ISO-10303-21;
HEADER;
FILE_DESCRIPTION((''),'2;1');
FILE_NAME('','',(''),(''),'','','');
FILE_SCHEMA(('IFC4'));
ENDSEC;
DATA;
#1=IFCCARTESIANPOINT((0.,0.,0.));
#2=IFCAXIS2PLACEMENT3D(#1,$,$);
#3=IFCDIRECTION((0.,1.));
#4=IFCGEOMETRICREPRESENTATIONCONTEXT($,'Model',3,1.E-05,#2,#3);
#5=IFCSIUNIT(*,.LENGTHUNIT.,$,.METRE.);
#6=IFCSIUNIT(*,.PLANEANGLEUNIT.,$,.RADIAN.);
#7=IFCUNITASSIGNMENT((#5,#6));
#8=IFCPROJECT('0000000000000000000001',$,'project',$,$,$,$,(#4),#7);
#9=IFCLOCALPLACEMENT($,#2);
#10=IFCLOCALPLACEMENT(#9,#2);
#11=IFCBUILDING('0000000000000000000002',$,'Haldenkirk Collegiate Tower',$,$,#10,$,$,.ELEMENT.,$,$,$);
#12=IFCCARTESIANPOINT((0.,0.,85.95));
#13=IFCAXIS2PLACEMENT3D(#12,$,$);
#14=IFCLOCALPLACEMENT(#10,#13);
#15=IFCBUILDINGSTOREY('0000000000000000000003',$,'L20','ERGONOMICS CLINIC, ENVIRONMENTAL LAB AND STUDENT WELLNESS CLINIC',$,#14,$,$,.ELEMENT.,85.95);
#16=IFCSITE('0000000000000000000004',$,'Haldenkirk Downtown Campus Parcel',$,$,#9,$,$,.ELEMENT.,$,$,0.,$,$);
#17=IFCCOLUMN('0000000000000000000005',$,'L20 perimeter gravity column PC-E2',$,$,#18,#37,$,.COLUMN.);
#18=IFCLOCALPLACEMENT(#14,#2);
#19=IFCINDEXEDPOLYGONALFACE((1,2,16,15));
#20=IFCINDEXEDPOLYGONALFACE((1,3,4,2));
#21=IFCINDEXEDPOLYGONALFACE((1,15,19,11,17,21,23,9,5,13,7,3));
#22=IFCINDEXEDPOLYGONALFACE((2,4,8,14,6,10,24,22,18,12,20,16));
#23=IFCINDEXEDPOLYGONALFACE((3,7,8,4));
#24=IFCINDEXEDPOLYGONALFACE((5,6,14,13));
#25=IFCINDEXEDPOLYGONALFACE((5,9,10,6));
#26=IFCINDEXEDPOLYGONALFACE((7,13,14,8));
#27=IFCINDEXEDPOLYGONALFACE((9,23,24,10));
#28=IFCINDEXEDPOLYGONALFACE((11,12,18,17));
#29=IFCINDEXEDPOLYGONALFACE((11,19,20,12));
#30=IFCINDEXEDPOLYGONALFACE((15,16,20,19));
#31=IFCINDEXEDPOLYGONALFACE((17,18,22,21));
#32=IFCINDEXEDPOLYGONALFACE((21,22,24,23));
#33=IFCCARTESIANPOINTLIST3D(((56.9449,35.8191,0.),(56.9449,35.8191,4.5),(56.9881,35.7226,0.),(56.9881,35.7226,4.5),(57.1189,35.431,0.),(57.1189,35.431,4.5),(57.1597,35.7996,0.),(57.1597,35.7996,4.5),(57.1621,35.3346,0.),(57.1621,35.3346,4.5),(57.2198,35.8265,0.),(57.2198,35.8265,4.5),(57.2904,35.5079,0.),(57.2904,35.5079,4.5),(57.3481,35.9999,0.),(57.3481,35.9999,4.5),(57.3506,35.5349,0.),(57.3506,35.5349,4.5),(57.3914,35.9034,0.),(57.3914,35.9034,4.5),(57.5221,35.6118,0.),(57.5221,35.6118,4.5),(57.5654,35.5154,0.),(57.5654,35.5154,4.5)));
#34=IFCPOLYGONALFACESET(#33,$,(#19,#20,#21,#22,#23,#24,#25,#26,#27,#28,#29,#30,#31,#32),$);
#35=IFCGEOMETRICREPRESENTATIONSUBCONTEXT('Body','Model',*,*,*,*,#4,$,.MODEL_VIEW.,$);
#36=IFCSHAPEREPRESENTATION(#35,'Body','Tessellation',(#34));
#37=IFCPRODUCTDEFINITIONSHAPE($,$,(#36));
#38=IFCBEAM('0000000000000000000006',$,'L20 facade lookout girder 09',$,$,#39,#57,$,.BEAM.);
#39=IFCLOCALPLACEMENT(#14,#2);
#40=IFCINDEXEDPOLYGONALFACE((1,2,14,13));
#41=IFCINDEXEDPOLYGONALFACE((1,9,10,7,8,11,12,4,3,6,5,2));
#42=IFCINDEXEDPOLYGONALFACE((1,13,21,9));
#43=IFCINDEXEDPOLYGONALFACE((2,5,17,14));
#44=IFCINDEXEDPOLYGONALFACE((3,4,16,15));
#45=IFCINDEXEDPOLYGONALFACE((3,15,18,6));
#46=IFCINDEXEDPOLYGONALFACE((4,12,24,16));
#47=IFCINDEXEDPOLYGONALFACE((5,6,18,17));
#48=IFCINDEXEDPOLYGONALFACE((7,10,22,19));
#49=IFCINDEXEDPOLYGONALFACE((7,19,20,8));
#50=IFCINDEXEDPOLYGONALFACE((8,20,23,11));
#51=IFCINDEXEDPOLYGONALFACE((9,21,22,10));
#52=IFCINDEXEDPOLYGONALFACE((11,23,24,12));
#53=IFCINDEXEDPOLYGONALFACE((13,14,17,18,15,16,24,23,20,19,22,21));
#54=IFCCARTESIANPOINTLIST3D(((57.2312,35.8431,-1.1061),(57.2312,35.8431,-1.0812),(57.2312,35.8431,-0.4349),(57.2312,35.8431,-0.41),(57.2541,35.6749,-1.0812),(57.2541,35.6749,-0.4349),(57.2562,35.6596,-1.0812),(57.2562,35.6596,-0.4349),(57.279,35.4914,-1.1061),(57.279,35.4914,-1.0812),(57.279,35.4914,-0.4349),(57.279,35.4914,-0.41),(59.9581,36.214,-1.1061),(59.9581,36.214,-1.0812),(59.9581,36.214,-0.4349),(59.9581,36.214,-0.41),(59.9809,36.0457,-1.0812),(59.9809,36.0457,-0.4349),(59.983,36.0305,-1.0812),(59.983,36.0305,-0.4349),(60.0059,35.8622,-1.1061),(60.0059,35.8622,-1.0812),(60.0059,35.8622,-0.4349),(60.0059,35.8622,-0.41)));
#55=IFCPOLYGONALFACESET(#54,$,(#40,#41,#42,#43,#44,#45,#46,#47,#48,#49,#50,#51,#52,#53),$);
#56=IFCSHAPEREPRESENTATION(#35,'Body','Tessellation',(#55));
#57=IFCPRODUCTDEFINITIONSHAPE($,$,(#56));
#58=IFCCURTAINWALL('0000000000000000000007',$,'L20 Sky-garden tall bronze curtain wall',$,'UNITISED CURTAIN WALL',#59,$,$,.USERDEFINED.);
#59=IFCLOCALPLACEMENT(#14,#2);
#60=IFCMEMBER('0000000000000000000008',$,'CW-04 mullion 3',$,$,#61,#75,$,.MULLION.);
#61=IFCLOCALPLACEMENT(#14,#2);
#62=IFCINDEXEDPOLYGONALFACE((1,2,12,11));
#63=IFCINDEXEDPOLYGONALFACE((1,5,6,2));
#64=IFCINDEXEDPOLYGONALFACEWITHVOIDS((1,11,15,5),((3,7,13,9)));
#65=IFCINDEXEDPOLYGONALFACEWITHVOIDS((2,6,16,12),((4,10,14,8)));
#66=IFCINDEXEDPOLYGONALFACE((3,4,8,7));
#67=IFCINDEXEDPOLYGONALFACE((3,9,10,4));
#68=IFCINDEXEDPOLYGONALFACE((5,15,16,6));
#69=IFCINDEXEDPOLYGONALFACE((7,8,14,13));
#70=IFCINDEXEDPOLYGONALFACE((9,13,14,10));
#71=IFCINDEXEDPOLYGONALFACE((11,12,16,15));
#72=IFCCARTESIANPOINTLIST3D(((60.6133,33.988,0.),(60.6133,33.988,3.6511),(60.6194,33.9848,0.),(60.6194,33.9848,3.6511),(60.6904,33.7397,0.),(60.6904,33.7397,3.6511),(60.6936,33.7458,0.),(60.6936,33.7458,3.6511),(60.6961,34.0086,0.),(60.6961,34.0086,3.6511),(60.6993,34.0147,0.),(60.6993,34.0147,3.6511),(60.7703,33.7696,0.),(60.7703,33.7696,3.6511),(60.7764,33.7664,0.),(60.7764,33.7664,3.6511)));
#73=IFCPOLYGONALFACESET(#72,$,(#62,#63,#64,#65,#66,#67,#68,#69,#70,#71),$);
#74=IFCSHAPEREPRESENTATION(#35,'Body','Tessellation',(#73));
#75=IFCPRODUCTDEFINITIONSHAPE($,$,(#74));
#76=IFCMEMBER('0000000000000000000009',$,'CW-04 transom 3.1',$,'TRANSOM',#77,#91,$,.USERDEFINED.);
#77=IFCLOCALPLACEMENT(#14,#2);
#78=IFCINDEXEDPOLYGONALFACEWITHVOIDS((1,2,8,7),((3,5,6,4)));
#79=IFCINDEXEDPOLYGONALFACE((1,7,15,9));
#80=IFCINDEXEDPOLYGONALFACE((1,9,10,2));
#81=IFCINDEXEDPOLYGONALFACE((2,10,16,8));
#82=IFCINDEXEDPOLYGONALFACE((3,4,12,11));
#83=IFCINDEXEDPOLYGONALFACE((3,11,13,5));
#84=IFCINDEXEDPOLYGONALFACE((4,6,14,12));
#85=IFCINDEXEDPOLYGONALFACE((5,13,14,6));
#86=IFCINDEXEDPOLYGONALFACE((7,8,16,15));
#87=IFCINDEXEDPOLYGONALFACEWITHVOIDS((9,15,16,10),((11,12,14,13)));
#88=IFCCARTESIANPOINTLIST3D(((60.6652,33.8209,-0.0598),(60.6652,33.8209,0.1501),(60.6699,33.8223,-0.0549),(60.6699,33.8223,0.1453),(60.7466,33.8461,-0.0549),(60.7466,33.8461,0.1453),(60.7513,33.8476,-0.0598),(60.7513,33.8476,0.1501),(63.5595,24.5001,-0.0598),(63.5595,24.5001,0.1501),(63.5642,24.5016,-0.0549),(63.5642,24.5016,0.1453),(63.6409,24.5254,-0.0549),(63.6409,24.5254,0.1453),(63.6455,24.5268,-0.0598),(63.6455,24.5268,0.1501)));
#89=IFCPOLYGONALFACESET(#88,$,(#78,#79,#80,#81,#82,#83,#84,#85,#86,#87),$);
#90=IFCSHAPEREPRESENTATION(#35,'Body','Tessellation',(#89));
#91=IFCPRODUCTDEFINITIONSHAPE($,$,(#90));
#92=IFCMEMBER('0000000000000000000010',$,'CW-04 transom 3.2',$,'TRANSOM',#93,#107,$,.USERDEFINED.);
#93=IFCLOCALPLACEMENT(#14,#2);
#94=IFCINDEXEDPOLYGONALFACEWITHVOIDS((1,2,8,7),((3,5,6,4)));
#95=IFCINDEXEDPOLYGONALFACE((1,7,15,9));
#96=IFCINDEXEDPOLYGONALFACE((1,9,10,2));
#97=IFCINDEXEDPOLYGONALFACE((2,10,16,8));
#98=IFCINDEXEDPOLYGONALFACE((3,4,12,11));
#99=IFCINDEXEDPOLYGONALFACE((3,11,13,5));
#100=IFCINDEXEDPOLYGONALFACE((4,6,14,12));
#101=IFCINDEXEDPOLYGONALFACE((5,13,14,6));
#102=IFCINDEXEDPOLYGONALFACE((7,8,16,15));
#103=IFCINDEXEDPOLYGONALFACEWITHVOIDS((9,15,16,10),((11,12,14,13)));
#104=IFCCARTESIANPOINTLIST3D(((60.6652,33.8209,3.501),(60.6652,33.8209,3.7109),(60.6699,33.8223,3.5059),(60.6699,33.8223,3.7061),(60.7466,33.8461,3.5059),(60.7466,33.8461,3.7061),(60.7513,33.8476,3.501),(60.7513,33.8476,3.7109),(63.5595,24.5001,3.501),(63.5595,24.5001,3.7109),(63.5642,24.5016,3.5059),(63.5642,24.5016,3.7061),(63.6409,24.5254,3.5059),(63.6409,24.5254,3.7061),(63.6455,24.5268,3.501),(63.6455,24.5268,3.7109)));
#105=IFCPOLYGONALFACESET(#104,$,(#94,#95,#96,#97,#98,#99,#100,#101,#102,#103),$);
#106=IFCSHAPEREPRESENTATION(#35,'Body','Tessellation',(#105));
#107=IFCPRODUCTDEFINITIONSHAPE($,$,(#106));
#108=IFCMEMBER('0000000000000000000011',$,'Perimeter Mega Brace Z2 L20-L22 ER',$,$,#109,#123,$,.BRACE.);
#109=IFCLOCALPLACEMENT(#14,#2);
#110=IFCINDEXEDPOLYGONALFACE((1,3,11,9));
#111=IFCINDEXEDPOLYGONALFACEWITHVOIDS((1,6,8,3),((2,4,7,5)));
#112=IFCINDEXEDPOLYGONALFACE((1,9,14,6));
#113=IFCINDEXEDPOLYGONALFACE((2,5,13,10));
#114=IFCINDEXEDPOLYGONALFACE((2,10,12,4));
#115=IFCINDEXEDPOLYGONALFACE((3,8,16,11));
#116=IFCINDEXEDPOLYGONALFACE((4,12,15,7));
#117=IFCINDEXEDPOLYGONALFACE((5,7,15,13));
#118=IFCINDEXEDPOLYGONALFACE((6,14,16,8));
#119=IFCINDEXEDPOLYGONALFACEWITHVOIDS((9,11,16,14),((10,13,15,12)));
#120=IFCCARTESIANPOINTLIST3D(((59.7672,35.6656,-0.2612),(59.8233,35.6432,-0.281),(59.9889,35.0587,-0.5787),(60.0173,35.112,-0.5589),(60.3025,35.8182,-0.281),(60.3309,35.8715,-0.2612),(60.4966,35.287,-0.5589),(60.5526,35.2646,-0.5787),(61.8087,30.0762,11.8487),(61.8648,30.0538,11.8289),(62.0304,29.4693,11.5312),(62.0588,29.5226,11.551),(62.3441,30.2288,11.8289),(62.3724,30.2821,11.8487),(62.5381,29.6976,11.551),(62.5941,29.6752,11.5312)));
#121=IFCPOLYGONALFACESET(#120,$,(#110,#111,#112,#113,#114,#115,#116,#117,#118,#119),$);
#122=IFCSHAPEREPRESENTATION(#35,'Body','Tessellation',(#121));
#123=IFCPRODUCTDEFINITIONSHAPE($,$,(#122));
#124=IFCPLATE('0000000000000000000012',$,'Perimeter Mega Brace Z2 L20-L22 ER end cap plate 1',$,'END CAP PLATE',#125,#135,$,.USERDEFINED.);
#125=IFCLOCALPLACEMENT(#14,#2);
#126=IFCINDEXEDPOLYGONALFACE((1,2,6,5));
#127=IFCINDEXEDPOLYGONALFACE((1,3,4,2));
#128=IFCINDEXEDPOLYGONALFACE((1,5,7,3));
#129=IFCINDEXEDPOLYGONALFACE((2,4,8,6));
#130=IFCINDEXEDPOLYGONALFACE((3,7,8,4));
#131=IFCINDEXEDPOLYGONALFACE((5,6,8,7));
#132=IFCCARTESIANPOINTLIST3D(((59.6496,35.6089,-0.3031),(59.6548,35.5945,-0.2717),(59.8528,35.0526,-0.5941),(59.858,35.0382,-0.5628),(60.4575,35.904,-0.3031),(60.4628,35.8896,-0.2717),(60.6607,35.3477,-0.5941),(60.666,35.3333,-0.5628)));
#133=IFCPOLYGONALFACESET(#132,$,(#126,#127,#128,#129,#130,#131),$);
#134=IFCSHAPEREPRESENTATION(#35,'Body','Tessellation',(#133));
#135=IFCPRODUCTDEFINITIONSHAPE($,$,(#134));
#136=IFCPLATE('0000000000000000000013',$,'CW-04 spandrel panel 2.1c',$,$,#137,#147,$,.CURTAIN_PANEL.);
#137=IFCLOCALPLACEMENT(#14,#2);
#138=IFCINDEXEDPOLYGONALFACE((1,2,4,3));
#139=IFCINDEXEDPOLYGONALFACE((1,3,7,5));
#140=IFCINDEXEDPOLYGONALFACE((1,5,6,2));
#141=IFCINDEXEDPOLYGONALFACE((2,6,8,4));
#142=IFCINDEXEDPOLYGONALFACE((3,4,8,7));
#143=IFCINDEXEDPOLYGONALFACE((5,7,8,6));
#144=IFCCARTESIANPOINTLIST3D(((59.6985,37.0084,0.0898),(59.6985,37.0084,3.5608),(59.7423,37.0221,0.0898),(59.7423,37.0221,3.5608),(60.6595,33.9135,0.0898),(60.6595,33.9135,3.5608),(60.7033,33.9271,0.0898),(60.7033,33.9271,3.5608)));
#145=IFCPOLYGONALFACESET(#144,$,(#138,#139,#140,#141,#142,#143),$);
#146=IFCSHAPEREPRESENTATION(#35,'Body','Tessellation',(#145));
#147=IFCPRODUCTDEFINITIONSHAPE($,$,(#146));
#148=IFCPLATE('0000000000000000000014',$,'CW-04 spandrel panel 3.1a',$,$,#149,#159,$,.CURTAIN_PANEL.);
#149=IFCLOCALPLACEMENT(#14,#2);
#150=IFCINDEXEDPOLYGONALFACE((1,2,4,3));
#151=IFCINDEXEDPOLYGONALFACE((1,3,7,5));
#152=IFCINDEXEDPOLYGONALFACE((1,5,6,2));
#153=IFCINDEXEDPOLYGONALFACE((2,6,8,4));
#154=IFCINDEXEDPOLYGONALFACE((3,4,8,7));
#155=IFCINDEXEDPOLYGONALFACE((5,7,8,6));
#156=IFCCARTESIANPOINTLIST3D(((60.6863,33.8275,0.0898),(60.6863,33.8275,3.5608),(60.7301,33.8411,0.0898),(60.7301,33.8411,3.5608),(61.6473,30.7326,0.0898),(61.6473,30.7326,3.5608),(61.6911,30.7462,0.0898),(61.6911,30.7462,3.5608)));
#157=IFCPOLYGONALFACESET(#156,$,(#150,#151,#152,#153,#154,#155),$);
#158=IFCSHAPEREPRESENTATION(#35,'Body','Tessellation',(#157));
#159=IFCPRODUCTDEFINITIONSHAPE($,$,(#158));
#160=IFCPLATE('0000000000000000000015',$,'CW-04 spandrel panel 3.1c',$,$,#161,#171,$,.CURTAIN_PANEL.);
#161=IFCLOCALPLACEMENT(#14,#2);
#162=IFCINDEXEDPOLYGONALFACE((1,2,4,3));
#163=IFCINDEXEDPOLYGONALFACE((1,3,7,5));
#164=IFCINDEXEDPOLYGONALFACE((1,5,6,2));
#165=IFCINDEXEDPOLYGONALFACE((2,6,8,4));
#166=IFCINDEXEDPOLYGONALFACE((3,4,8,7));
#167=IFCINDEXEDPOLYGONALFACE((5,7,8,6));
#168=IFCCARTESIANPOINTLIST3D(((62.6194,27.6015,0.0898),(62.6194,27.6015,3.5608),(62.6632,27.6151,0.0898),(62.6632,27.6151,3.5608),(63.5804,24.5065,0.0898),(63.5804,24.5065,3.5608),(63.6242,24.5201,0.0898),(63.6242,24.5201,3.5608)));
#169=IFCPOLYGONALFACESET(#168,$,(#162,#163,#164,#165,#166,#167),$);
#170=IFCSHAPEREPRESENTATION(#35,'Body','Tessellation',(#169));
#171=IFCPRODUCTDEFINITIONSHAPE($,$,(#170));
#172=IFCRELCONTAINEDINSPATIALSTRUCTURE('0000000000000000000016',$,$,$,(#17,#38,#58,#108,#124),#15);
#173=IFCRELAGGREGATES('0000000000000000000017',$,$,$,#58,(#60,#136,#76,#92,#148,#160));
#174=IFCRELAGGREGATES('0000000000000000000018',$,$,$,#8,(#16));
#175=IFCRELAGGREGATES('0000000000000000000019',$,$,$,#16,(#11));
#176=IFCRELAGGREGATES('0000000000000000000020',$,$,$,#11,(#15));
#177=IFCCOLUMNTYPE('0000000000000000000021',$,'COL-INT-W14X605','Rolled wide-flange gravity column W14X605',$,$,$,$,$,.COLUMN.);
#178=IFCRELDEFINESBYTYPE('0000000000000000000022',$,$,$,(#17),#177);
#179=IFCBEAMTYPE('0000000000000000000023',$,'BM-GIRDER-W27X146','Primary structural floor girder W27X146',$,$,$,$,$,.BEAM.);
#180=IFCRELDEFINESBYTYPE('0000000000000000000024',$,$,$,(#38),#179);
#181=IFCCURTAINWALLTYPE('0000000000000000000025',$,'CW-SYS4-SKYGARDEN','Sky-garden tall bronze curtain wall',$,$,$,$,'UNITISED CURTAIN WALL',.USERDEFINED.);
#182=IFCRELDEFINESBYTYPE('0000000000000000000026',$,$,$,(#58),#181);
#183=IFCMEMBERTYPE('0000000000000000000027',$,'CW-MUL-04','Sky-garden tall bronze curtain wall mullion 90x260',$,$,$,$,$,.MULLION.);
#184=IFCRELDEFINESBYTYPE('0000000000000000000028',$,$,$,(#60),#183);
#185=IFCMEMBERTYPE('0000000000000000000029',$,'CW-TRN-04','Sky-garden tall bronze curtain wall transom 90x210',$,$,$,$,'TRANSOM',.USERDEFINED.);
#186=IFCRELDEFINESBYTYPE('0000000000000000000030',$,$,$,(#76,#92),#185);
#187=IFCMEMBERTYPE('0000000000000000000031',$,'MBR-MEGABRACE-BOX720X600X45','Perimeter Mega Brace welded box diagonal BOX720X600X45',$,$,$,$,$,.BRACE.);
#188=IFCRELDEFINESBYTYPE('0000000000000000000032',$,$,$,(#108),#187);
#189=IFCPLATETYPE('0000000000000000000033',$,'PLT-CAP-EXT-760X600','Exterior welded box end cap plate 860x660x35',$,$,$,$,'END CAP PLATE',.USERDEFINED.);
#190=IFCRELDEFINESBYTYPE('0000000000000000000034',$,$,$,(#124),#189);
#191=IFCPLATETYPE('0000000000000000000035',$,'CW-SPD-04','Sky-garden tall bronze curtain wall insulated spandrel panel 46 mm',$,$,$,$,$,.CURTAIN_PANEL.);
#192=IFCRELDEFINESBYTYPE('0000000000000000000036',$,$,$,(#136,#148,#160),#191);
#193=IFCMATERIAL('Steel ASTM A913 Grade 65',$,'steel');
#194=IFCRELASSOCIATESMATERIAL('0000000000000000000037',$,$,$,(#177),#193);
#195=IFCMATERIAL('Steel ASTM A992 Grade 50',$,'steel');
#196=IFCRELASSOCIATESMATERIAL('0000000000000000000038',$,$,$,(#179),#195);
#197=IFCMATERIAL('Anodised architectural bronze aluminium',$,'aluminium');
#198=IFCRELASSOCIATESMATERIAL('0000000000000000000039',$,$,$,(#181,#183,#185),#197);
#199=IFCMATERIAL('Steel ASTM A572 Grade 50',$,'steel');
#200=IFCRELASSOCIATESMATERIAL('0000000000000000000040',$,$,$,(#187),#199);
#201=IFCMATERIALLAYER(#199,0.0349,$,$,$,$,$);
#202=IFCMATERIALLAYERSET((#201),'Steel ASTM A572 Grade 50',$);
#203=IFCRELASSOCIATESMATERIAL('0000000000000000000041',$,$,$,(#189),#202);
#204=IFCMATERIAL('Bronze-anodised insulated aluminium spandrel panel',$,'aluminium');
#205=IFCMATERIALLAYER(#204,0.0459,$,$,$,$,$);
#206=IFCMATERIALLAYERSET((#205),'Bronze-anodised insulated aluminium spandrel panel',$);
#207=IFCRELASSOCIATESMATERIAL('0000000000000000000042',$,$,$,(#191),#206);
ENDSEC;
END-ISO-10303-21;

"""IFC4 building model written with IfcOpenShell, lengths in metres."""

from ifc_helpers import new_model, si_unit, direction, frame, origin, origin_2d, place, context, subcontext, project, spatial, rectangle, hollow_rectangle, i_section, extrude, source, transform, mapped, material, layer, layer_set, material_profile, profile_set, type_object, element, aggregate, save


model = new_model("IFC4")

# Units and contexts
model_context = context("Model", 3, precision=1e-05, world=origin(), true_north=direction((0.0, 1.0)))
body_context = subcontext(model_context, "Body", "Model", "MODEL_VIEW")
ifc_project = project(units=[si_unit("LENGTHUNIT", "METRE"), si_unit("PLANEANGLEUNIT", "RADIAN")], contexts=[model_context])

# Site, building, storey
site_placement = place(None, origin())
site = spatial("IfcSite", under=ifc_project, at=site_placement, Name="Haldenkirk Downtown Campus Parcel", CompositionType="ELEMENT", RefElevation=0.0)
building_placement = place(site_placement, origin())
building = spatial("IfcBuilding", under=site, at=building_placement, Name="Haldenkirk Collegiate Tower", CompositionType="ELEMENT")
storey_placement = place(building_placement, frame((0.0, 0.0, 85.95)))
storey = spatial("IfcBuildingStorey", under=building, at=storey_placement, Name="L20", Description="ERGONOMICS CLINIC, ENVIRONMENTAL LAB AND STUDENT WELLNESS CLINIC", CompositionType="ELEMENT", Elevation=85.95)

# Column
ifc_material_1 = material(Name="Steel ASTM A913 Grade 65", Category="steel")
ifc_material_profile_1 = material_profile(ifc_material_1, i_section(OverallWidth=0.4419, OverallDepth=0.531, WebThickness=0.0659, FlangeThickness=0.1057, at=origin_2d()), Name="W14X605")
ifc_profile_set_1 = profile_set([ifc_material_profile_1], Name="Steel ASTM A913 Grade 65")
column_type = type_object("IfcColumnType", Name="COL-INT-W14X605", Description="Rolled wide-flange gravity column W14X605", PredefinedType="COLUMN", material=ifc_profile_set_1)
column_placement = place(storey_placement, frame((57.2551, 35.6672, 0.0), z_axis=(0.0, 0.0, 1.0), x_axis=(0.912477, 0.409127, 0.0)))
element("IfcColumn", 1, at=column_placement, inside=storey, type_object=column_type, Name="L20 perimeter gravity column PC-E2", PredefinedType="COLUMN", context=body_context, shape_type="SweptSolid", body=[
    extrude(i_section(OverallWidth=0.4419, OverallDepth=0.531, WebThickness=0.0659, FlangeThickness=0.1057, at=origin_2d()), origin(), (0.0, 0.0, 1.0), 4.5),
])

# Beam
ifc_material_2 = material(Name="Steel ASTM A992 Grade 50", Category="steel")
ifc_material_profile_2 = material_profile(ifc_material_2, i_section(OverallWidth=0.355, OverallDepth=0.696, WebThickness=0.0154, FlangeThickness=0.0249, at=origin_2d()), Name="W27X146")
ifc_profile_set_2 = profile_set([ifc_material_profile_2], Name="Steel ASTM A992 Grade 50")
beam_type = type_object("IfcBeamType", Name="BM-GIRDER-W27X146", Description="Primary structural floor girder W27X146", PredefinedType="BEAM", material=ifc_profile_set_2)
beam_placement = place(storey_placement, frame((57.2551, 35.6672, -0.7581), z_axis=(0.990878, 0.134761, 0.0), x_axis=(-0.134761, 0.990878, 0.0)))
element("IfcBeam", 2, at=beam_placement, inside=storey, type_object=beam_type, Name="L20 facade lookout girder 09", PredefinedType="BEAM", context=body_context, shape_type="SweptSolid", body=[
    extrude(i_section(OverallWidth=0.355, OverallDepth=0.696, WebThickness=0.0154, FlangeThickness=0.0249, at=origin_2d()), origin(), (0.0, 0.0, 1.0), 2.752),
])

# Curtain wall, members
ifc_material_3 = material(Name="Anodised architectural bronze aluminium", Category="aluminium")
curtain_wall_type = type_object("IfcCurtainWallType", Name="CW-SYS4-SKYGARDEN", Description="Sky-garden tall bronze curtain wall", ElementType="UNITISED CURTAIN WALL", PredefinedType="USERDEFINED", material=ifc_material_3)
curtain_wall_placement = place(storey_placement, origin())
curtain_wall = element("IfcCurtainWall", 3, at=curtain_wall_placement, inside=storey, type_object=curtain_wall_type, Name="L20 Sky-garden tall bronze curtain wall", ObjectType="UNITISED CURTAIN WALL", PredefinedType="USERDEFINED")
ifc_material_profile_3 = material_profile(ifc_material_3, hollow_rectangle(XDim=0.0901, YDim=0.26, WallThickness=0.0049, at=origin_2d()), Name="CW-MUL-04")
ifc_profile_set_3 = profile_set([ifc_material_profile_3], Name="Anodised architectural bronze aluminium")
member_type_1 = type_object("IfcMemberType", Name="CW-MUL-04", Description="Sky-garden tall bronze curtain wall mullion 90x260", PredefinedType="MULLION", material=ifc_profile_set_3)
member_1_placement = place(storey_placement, frame((60.6948, 33.8772, 0.0), z_axis=(0.0, 0.0, 1.0), x_axis=(0.95502, 0.296541, 0.0)))
member_1 = element("IfcMember", 4, at=member_1_placement, type_object=member_type_1, Name="CW-04 mullion 3", PredefinedType="MULLION", context=body_context, shape_type="SweptSolid", body=[
    extrude(hollow_rectangle(XDim=0.0901, YDim=0.26, WallThickness=0.0049, at=origin_2d()), origin(), (0.0, 0.0, 1.0), 3.6511),
])
ifc_material_profile_4 = material_profile(ifc_material_3, hollow_rectangle(XDim=0.0901, YDim=0.21, WallThickness=0.0049, at=origin_2d()), Name="CW-TRN-04")
ifc_profile_set_4 = profile_set([ifc_material_profile_4], Name="Anodised architectural bronze aluminium")
member_type_2 = type_object("IfcMemberType", Name="CW-TRN-04", Description="Sky-garden tall bronze curtain wall transom 90x210", ElementType="TRANSOM", PredefinedType="USERDEFINED", material=ifc_profile_set_4)
member_2_placement = place(storey_placement, frame((60.7083, 33.8342, 0.0452), z_axis=(0.296551, -0.955017, 0.0), x_axis=(0.955017, 0.296551, 0.0)))
member_2 = element("IfcMember", 5, at=member_2_placement, type_object=member_type_2, Name="CW-04 transom 3.1", ObjectType="TRANSOM", PredefinedType="USERDEFINED", context=body_context, shape_type="SweptSolid", body=[
    extrude(hollow_rectangle(XDim=0.0901, YDim=0.21, WallThickness=0.0049, at=origin_2d()), origin(), (0.0, 0.0, 1.0), 9.7598),
])
member_3_placement = place(storey_placement, frame((60.7083, 33.8342, 3.606), z_axis=(0.296551, -0.955017, 0.0), x_axis=(0.955017, 0.296551, 0.0)))
member_3 = element("IfcMember", 6, at=member_3_placement, type_object=member_type_2, Name="CW-04 transom 3.2", ObjectType="TRANSOM", PredefinedType="USERDEFINED", context=body_context, shape_type="SweptSolid", body=[
    extrude(hollow_rectangle(XDim=0.0901, YDim=0.21, WallThickness=0.0049, at=origin_2d()), origin(), (0.0, 0.0, 1.0), 9.7598),
])

# Member
ifc_material_4 = material(Name="Steel ASTM A572 Grade 50", Category="steel")
ifc_material_profile_5 = material_profile(ifc_material_4, hollow_rectangle(XDim=0.6001, YDim=0.72, WallThickness=0.0449, at=origin_2d()), Name="BOX720X600X45")
ifc_profile_set_5 = profile_set([ifc_material_profile_5], Name="Steel ASTM A572 Grade 50")
member_type_3 = type_object("IfcMemberType", Name="MBR-MEGABRACE-BOX720X600X45", Description="Perimeter Mega Brace welded box diagonal BOX720X600X45", PredefinedType="BRACE", material=ifc_profile_set_5)
member_4_placement = place(storey_placement, frame((60.1599, 35.4651, -0.4199), z_axis=(0.151302, -0.414245, 0.897501), x_axis=(0.939306, 0.34308, 0.0)))
element("IfcMember", 7, at=member_4_placement, inside=storey, type_object=member_type_3, Name="Perimeter Mega Brace Z2 L20-L22 ER", PredefinedType="BRACE", context=body_context, shape_type="SweptSolid", body=[
    extrude(hollow_rectangle(XDim=0.6001, YDim=0.72, WallThickness=0.0449, at=origin_2d()), origin(), (0.0, 0.0, 1.0), 13.4929),
])

# Plates
ifc_layer_1 = layer(ifc_material_4, 0.0349)
ifc_layer_set_1 = layer_set([ifc_layer_1], Name="Steel ASTM A572 Grade 50")
plate_type_1 = type_object("IfcPlateType", Name="PLT-CAP-EXT-760X600", Description="Exterior welded box end cap plate 860x660x35", ElementType="END CAP PLATE", PredefinedType="USERDEFINED", material=ifc_layer_set_1)
shared_shape_1 = source(origin(), body_context, "Body", "SweptSolid", [
    extrude(rectangle(XDim=0.8601, YDim=0.6599, at=origin_2d()), origin(), (0.0, 0.0, 1.0), 0.0349),
])
plate_1_placement = place(storey_placement, frame((60.1604, 35.4639, -0.4172), z_axis=(-0.151307, 0.41425, -0.897498), x_axis=(-0.939304, -0.343087, 0.0)))
element("IfcPlate", 8, at=plate_1_placement, inside=storey, type_object=plate_type_1, Name="Perimeter Mega Brace Z2 L20-L22 ER end cap plate 1", ObjectType="END CAP PLATE", PredefinedType="USERDEFINED", context=body_context, shape_type="MappedRepresentation", body=[
    mapped(shared_shape_1, transform((0.0, 0.0, 0.0), x_axis=(1.0, 0.0, 0.0), y_axis=(0.0, 1.0, 0.0), z_axis=(0.0, 0.0, 1.0), scale=1.0)),
])
ifc_material_5 = material(Name="Bronze-anodised insulated aluminium spandrel panel", Category="aluminium")
ifc_layer_2 = layer(ifc_material_5, 0.0459)
ifc_layer_set_2 = layer_set([ifc_layer_2], Name="Bronze-anodised insulated aluminium spandrel panel")
plate_type_2 = type_object("IfcPlateType", Name="CW-SPD-04", Description="Sky-garden tall bronze curtain wall insulated spandrel panel 46 mm", PredefinedType="CURTAIN_PANEL", material=ifc_layer_set_2)
shared_shape_2 = source(origin(), body_context, "Body", "SweptSolid", [
    extrude(rectangle(XDim=3.2407, YDim=0.0459, at=origin_2d()), origin(), (0.0, 0.0, 1.0), 3.4709),
])
plate_2_placement = place(storey_placement, frame((60.2009, 35.4678, 0.0898), z_axis=(0.0, 0.0, 1.0), x_axis=(0.296541, -0.95502, 0.0)))
plate_2 = element("IfcPlate", 9, at=plate_2_placement, type_object=plate_type_2, Name="CW-04 spandrel panel 2.1c", PredefinedType="CURTAIN_PANEL", context=body_context, shape_type="MappedRepresentation", body=[
    mapped(shared_shape_2, transform((0.0, 0.0, 0.0), x_axis=(1.0, 0.0, 0.0), y_axis=(0.0, 1.0, 0.0), z_axis=(0.0, 0.0, 1.0), scale=1.0)),
])
plate_3_placement = place(storey_placement, frame((61.1887, 32.2869, 0.0898), z_axis=(0.0, 0.0, 1.0), x_axis=(0.296541, -0.95502, 0.0)))
plate_3 = element("IfcPlate", 10, at=plate_3_placement, type_object=plate_type_2, Name="CW-04 spandrel panel 3.1a", PredefinedType="CURTAIN_PANEL", context=body_context, shape_type="MappedRepresentation", body=[
    mapped(shared_shape_2, transform((0.0, 0.0, 0.0), x_axis=(1.0, 0.0, 0.0), y_axis=(0.0, 1.0, 0.0), z_axis=(0.0, 0.0, 1.0), scale=1.0)),
])
plate_4_placement = place(storey_placement, frame((63.1218, 26.0608, 0.0898), z_axis=(0.0, 0.0, 1.0), x_axis=(0.296541, -0.95502, 0.0)))
plate_4 = element("IfcPlate", 11, at=plate_4_placement, type_object=plate_type_2, Name="CW-04 spandrel panel 3.1c", PredefinedType="CURTAIN_PANEL", context=body_context, shape_type="MappedRepresentation", body=[
    mapped(shared_shape_2, transform((0.0, 0.0, 0.0), x_axis=(1.0, 0.0, 0.0), y_axis=(0.0, 1.0, 0.0), z_axis=(0.0, 0.0, 1.0), scale=1.0)),
])
aggregate(curtain_wall, [member_1, plate_2, member_2, member_3, plate_3, plate_4])

save(model, "model.ifc")
